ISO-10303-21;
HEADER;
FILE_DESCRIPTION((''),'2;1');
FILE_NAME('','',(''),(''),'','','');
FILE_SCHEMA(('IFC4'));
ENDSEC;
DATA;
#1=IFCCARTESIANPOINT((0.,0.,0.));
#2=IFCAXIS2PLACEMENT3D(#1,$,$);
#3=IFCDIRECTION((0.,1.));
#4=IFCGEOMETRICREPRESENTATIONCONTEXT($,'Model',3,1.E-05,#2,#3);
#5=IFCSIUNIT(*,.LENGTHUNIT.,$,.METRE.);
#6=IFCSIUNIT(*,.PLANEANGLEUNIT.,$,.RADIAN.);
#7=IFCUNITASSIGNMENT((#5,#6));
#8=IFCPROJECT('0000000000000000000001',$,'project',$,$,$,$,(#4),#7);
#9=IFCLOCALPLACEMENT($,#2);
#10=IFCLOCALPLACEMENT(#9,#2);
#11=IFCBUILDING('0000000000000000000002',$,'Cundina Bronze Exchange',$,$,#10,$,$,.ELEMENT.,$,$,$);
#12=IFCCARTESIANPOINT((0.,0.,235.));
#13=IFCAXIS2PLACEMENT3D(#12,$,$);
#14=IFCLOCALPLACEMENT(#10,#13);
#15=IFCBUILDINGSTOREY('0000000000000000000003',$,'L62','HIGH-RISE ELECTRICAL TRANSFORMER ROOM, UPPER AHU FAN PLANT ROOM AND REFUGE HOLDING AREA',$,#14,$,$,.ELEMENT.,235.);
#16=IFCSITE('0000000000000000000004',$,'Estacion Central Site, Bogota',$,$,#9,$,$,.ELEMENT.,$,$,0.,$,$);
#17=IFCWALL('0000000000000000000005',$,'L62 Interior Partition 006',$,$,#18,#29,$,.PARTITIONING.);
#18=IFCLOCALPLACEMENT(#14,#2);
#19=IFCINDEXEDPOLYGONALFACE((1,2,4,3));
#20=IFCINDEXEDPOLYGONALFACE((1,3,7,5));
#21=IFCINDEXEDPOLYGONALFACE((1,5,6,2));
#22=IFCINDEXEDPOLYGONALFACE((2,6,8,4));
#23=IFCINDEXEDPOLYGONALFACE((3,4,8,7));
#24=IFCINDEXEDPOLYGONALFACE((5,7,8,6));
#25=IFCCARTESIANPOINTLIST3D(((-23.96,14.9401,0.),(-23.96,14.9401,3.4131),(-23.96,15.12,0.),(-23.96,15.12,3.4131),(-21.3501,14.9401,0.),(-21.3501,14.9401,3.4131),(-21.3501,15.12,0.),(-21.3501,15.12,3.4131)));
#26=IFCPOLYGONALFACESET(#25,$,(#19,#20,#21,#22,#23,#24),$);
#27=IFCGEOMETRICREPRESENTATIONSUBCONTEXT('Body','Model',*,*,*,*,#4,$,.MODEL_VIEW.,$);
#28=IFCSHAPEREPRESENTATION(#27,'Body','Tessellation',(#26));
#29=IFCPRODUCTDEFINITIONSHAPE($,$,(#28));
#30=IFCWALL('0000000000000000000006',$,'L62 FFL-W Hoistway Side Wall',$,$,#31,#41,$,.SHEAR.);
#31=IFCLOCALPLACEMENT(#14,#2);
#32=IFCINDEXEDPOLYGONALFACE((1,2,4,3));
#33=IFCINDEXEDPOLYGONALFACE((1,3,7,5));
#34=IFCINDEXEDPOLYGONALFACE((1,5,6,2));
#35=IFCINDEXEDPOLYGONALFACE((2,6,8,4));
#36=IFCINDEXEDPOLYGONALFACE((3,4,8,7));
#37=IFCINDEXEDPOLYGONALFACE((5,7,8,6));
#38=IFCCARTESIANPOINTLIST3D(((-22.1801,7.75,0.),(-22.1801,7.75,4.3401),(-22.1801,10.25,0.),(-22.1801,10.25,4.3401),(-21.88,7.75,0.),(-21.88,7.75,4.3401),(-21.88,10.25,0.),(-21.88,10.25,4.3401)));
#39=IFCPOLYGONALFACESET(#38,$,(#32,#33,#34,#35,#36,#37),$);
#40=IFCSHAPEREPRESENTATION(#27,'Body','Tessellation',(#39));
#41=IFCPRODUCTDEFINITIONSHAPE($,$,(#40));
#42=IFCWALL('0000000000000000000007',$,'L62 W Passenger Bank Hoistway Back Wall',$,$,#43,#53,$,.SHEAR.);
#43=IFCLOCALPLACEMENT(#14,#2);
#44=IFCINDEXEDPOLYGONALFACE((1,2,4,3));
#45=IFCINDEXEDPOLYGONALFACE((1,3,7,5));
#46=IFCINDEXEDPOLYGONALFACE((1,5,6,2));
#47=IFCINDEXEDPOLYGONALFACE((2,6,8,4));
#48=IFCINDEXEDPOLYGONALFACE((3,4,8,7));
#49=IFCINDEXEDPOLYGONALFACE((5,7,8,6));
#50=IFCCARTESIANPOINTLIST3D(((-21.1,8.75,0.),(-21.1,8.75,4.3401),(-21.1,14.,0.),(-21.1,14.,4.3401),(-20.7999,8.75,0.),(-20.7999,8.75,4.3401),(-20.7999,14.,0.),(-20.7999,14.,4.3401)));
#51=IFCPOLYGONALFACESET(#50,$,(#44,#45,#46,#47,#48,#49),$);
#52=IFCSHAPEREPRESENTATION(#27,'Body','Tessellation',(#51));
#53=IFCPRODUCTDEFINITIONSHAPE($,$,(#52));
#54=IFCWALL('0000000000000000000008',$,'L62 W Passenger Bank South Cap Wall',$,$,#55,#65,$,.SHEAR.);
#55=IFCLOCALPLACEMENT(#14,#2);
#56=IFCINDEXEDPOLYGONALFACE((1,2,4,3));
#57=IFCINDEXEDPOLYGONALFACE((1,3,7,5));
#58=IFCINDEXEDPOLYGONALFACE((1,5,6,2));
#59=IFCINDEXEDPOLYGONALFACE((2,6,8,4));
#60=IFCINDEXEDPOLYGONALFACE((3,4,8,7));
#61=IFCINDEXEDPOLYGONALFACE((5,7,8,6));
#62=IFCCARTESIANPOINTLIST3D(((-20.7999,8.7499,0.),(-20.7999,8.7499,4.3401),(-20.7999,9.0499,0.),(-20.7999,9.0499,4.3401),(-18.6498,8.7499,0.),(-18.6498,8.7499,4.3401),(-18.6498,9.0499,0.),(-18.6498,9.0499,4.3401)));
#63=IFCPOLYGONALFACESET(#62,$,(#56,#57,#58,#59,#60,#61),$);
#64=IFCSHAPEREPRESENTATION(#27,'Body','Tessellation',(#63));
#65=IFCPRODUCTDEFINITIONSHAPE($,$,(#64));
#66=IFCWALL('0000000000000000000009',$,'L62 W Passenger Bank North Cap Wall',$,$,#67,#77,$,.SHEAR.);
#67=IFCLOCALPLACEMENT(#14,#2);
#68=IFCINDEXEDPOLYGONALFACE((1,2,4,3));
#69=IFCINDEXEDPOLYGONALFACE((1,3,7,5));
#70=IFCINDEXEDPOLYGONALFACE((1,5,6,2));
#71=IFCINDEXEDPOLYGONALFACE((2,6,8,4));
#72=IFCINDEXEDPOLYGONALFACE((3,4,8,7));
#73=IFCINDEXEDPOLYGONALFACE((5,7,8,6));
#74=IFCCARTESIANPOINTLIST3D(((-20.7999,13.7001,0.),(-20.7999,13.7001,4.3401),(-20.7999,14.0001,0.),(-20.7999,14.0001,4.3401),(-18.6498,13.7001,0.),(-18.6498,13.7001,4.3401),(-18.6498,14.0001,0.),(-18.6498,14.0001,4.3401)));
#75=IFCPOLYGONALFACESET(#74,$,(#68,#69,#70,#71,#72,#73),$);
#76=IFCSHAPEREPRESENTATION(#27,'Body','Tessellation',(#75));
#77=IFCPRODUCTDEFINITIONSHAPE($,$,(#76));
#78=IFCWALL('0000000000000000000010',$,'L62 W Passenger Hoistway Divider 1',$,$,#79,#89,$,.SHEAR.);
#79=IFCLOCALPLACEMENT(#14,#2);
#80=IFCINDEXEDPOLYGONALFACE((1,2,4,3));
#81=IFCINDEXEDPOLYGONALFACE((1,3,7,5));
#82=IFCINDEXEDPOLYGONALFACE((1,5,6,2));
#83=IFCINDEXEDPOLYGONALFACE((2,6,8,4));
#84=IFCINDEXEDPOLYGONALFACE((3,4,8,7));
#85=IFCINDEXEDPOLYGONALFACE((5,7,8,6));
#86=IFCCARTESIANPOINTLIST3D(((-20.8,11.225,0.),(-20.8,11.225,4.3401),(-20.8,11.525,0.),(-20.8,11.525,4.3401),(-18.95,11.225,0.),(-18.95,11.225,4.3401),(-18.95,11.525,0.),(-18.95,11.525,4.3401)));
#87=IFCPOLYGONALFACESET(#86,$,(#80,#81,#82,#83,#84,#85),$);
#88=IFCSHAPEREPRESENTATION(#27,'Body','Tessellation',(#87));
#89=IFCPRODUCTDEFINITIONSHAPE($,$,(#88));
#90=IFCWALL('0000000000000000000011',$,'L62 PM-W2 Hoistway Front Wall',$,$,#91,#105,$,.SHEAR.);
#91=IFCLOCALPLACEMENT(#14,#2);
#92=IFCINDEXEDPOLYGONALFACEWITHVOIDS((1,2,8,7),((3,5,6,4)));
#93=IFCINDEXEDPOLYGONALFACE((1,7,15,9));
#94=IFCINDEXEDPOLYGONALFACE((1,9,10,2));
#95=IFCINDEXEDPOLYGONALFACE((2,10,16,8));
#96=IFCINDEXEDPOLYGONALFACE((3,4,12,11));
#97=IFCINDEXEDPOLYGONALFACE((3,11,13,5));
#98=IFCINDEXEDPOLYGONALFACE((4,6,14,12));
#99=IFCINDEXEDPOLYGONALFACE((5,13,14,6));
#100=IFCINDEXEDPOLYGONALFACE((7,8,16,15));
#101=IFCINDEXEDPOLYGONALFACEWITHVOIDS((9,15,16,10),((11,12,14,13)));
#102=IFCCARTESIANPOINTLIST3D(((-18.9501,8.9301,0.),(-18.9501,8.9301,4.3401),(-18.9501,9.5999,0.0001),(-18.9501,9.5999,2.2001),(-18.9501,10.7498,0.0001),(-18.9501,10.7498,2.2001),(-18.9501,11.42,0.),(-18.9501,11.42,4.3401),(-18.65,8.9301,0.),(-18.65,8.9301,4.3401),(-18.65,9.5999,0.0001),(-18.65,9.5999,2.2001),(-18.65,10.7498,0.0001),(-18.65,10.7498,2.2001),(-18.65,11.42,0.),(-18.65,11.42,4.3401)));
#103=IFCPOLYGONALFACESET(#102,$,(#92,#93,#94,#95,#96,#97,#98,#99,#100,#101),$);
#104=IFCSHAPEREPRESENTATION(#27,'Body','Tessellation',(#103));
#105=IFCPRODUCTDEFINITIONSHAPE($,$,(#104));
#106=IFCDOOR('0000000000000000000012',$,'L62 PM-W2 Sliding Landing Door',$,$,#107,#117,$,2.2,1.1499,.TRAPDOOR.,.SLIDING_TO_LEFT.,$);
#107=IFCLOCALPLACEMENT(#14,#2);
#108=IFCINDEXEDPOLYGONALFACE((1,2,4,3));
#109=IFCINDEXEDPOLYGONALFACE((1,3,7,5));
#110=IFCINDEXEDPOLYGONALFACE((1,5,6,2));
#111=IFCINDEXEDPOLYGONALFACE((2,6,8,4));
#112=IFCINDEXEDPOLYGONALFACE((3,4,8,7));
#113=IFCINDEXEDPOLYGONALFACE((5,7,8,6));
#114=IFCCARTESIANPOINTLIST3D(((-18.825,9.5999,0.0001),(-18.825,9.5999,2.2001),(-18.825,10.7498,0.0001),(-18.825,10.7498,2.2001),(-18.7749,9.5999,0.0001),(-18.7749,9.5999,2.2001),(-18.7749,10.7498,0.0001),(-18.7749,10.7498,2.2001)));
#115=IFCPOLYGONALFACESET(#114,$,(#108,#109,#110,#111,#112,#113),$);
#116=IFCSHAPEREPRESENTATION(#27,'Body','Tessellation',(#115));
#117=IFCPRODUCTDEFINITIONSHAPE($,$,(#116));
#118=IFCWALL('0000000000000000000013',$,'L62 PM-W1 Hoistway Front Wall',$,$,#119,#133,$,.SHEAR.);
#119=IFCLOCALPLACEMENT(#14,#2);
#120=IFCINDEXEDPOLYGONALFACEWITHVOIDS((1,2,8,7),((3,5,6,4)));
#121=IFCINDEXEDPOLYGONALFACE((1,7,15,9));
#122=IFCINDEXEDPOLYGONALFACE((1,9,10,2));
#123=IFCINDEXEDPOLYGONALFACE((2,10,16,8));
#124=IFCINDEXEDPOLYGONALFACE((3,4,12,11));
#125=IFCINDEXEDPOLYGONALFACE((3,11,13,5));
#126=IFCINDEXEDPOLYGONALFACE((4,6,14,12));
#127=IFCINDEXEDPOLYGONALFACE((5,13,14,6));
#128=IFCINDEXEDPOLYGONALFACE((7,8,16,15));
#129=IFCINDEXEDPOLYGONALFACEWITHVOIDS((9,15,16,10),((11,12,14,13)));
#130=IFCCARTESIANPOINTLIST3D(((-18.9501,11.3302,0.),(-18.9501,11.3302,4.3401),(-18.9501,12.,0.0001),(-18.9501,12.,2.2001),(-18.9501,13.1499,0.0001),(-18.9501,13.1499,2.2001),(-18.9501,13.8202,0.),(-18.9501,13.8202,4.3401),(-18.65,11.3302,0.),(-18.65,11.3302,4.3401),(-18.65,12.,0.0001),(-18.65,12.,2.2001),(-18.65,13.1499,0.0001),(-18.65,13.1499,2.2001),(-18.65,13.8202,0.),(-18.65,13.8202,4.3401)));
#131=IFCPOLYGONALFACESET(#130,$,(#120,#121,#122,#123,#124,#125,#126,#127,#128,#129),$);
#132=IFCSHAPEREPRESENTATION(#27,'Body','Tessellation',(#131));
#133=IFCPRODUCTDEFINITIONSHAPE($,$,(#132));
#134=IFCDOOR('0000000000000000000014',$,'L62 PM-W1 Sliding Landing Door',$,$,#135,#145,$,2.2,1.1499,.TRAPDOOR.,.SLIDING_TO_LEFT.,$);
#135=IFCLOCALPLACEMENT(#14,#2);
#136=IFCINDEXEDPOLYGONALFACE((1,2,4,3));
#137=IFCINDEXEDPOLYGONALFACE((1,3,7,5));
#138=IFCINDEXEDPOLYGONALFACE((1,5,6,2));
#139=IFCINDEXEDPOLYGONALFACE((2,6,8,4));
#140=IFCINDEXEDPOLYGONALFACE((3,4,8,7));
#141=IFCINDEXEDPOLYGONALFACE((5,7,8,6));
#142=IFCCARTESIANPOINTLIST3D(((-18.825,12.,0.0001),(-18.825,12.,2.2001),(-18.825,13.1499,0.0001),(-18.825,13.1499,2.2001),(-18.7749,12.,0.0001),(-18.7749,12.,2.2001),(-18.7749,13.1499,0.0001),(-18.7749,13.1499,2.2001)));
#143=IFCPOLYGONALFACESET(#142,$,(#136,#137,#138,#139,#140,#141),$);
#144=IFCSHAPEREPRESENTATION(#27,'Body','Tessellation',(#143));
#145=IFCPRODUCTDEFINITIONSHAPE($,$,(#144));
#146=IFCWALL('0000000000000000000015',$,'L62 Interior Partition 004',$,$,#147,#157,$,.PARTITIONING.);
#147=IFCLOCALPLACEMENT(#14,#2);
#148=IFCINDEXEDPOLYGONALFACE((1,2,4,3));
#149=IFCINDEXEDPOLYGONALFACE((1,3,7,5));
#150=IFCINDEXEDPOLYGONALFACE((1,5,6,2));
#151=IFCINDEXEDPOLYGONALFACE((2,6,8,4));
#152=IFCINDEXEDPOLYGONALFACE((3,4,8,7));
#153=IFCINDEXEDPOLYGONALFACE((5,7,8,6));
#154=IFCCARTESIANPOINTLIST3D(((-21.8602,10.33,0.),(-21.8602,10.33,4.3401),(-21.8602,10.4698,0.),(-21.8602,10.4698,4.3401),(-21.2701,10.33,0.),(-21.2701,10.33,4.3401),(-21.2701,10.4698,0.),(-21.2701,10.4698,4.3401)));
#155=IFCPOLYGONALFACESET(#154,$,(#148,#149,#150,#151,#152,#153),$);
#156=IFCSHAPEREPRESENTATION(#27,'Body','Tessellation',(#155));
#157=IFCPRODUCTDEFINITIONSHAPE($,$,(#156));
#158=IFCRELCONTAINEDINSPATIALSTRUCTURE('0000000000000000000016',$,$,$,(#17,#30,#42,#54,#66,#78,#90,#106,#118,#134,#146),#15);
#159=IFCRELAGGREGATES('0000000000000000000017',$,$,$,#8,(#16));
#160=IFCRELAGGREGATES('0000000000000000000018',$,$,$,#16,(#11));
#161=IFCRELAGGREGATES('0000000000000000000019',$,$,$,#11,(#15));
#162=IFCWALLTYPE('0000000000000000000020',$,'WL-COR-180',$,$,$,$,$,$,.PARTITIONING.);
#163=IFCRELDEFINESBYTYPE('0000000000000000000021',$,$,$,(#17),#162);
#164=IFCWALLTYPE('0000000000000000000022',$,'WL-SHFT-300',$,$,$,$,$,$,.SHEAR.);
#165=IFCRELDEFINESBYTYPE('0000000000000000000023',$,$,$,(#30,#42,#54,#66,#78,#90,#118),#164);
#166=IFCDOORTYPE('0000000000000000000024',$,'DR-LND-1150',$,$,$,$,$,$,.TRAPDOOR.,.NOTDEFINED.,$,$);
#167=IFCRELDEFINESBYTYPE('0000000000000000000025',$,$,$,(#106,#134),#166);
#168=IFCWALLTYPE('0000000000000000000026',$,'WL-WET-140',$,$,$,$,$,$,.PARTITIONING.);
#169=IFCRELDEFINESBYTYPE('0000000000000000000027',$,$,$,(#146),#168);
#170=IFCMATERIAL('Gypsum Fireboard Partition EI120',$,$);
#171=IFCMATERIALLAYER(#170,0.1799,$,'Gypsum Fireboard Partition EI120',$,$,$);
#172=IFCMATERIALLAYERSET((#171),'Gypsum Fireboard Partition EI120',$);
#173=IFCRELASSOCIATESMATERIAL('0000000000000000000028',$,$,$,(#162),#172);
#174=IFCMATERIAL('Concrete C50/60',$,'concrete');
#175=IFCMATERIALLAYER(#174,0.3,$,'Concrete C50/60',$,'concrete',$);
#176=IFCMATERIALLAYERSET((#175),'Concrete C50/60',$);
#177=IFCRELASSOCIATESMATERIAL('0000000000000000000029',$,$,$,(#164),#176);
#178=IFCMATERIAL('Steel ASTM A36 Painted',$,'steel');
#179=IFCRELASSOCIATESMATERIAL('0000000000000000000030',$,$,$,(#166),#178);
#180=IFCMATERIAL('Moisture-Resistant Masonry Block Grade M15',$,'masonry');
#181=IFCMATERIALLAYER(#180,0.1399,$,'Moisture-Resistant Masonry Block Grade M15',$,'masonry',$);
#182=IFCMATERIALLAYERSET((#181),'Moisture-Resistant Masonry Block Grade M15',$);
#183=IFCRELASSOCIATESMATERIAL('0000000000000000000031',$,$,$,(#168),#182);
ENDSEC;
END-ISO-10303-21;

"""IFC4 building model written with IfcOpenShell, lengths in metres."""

from ifc_helpers import new_model, si_unit, direction, frame, frame_2d, origin, place, context, subcontext, project, spatial, rectangle, extrude, material, layer, layer_set, type_object, element, fill, save


model = new_model("IFC4")

# Units and contexts
model_context = context("Model", 3, precision=1e-05, world=origin(), true_north=direction((0.0, 1.0)))
body_context = subcontext(model_context, "Body", "Model", "MODEL_VIEW")
ifc_project = project(units=[si_unit("LENGTHUNIT", "METRE"), si_unit("PLANEANGLEUNIT", "RADIAN")], contexts=[model_context])

# Site, building, storey
site_placement = place(None, origin())
site = spatial("IfcSite", under=ifc_project, at=site_placement, Name="Estacion Central Site, Bogota", CompositionType="ELEMENT", RefElevation=0.0)
building_placement = place(site_placement, origin())
building = spatial("IfcBuilding", under=site, at=building_placement, Name="Cundina Bronze Exchange", CompositionType="ELEMENT")
storey_placement = place(building_placement, frame((0.0, 0.0, 235.0)))
storey = spatial("IfcBuildingStorey", under=building, at=storey_placement, Name="L62", Description="HIGH-RISE ELECTRICAL TRANSFORMER ROOM, UPPER AHU FAN PLANT ROOM AND REFUGE HOLDING AREA", CompositionType="ELEMENT", Elevation=235.0)

# Shared definitions
ifc_material_1 = material(Name="Concrete C50/60", Category="concrete")

# Shared definitions
ifc_material_2 = material(Name="Gypsum Fireboard Partition EI120")
ifc_layer_1 = layer(ifc_material_2, 0.1799, Name="Gypsum Fireboard Partition EI120")
ifc_layer_set_1 = layer_set([ifc_layer_1], Name="Gypsum Fireboard Partition EI120")
wall_type_1 = type_object("IfcWallType", Name="WL-COR-180", PredefinedType="PARTITIONING", material=ifc_layer_set_1)

# Walls
wall_1_placement = place(storey_placement, frame((-23.96, 15.03, 0.0), z_axis=(0.0, 0.0, 1.0), x_axis=(1.0, 0.0, 0.0)))
element("IfcWall", 1, at=wall_1_placement, inside=storey, type_object=wall_type_1, Name="L62 Interior Partition 006", PredefinedType="PARTITIONING", context=body_context, shape_type="SweptSolid", body=[
    extrude(rectangle(XDim=2.6099, YDim=0.1799, at=frame_2d((1.3049, 0.0))), origin(), (0.0, 0.0, 1.0), 3.4131),
])
ifc_layer_2 = layer(ifc_material_1, 0.3, Name="Concrete C50/60", Category="concrete")
ifc_layer_set_2 = layer_set([ifc_layer_2], Name="Concrete C50/60")
wall_type_2 = type_object("IfcWallType", Name="WL-SHFT-300", PredefinedType="SHEAR", material=ifc_layer_set_2)
wall_2_placement = place(storey_placement, frame((-22.03, 7.75, 0.0), z_axis=(0.0, 0.0, 1.0), x_axis=(0.0, 1.0, 0.0)))
element("IfcWall", 2, at=wall_2_placement, inside=storey, type_object=wall_type_2, Name="L62 FFL-W Hoistway Side Wall", PredefinedType="SHEAR", context=body_context, shape_type="SweptSolid", body=[
    extrude(rectangle(XDim=2.5, YDim=0.3, at=frame_2d((1.25, 0.0))), origin(), (0.0, 0.0, 1.0), 4.3401),
])
wall_3_placement = place(storey_placement, frame((-20.95, 8.75, 0.0), z_axis=(0.0, 0.0, 1.0), x_axis=(0.0, 1.0, 0.0)))
element("IfcWall", 3, at=wall_3_placement, inside=storey, type_object=wall_type_2, Name="L62 W Passenger Bank Hoistway Back Wall", PredefinedType="SHEAR", context=body_context, shape_type="SweptSolid", body=[
    extrude(rectangle(XDim=5.25, YDim=0.3, at=frame_2d((2.625, 0.0))), origin(), (0.0, 0.0, 1.0), 4.3401),
])
for number, where, z_axis, x_axis, name in (
    (4, (-20.8, 8.8999, 0.0), (0.0, 0.0, 1.0), (1.0, 0.0, 0.0), "L62 W Passenger Bank South Cap Wall"),
    (5, (-20.8, 13.8501, 0.0), (0.0, 0.0, 1.0), (1.0, 0.0, 0.0), "L62 W Passenger Bank North Cap Wall"),
):
    element("IfcWall", number, at=place(storey_placement, frame(where, z_axis=z_axis, x_axis=x_axis)), inside=storey, type_object=wall_type_2, Name=name, PredefinedType="SHEAR", context=body_context, shape_type="SweptSolid", body=[
        extrude(rectangle(XDim=2.1501, YDim=0.3, at=frame_2d((1.0752, 0.0))), origin(), (0.0, 0.0, 1.0), 4.3401),
    ])
wall_4_placement = place(storey_placement, frame((-20.8, 11.375, 0.0), z_axis=(0.0, 0.0, 1.0), x_axis=(1.0, 0.0, 0.0)))
element("IfcWall", 6, at=wall_4_placement, inside=storey, type_object=wall_type_2, Name="L62 W Passenger Hoistway Divider 1", PredefinedType="SHEAR", context=body_context, shape_type="SweptSolid", body=[
    extrude(rectangle(XDim=1.8501, YDim=0.3, at=frame_2d((0.925, 0.0))), origin(), (0.0, 0.0, 1.0), 4.3401),
])

# Walls, openings, doors
wall_5_placement = place(storey_placement, frame((-18.8, 8.9299, 0.0), z_axis=(0.0, 0.0, 1.0), x_axis=(0.0, 1.0, 0.0)))
wall_5 = element("IfcWall", 7, at=wall_5_placement, inside=storey, type_object=wall_type_2, Name="L62 PM-W2 Hoistway Front Wall", PredefinedType="SHEAR", context=body_context, shape_type="SweptSolid", body=[
    extrude(rectangle(XDim=2.49, YDim=0.3, at=frame_2d((1.2451, 0.0))), origin(), (0.0, 0.0, 1.0), 4.3401),
])
opening_1_placement = place(wall_5_placement, frame((0.6699, 0.0, 0.0)))
opening_1 = element("IfcOpeningElement", 8, at=opening_1_placement, cuts=wall_5, PredefinedType="OPENING", context=body_context, shape_type="SweptSolid", body=[
    extrude(rectangle(XDim=1.1499, YDim=2.2, at=frame_2d((0.575, 1.1001))), frame((0.0, 0.1599, 0.0), z_axis=(0.0, -1.0, 0.0), x_axis=(1.0, 0.0, 0.0)), (0.0, 0.0, 1.0), 0.3201),
])
ifc_material_3 = material(Name="Steel ASTM A36 Painted", Category="steel")
door_type_1 = type_object("IfcDoorType", Name="DR-LND-1150", OperationType="NOTDEFINED", PredefinedType="TRAPDOOR", material=ifc_material_3)
door_1_placement = place(opening_1_placement, origin())
door_1 = element("IfcDoor", 9, at=door_1_placement, inside=storey, type_object=door_type_1, Name="L62 PM-W2 Sliding Landing Door", OperationType="SLIDING_TO_LEFT", OverallHeight=2.2, OverallWidth=1.1499, PredefinedType="TRAPDOOR", context=body_context, shape_type="SweptSolid", body=[
    extrude(rectangle(XDim=1.1499, YDim=2.2, at=frame_2d((0.575, 1.1001))), frame((0.0, 0.0249, 0.0), z_axis=(0.0, -1.0, 0.0), x_axis=(1.0, 0.0, 0.0)), (0.0, 0.0, 1.0), 0.05),
])
fill(opening_1, door_1)
wall_6_placement = place(storey_placement, frame((-18.8, 11.3301, 0.0), z_axis=(0.0, 0.0, 1.0), x_axis=(0.0, 1.0, 0.0)))
wall_6 = element("IfcWall", 10, at=wall_6_placement, inside=storey, type_object=wall_type_2, Name="L62 PM-W1 Hoistway Front Wall", PredefinedType="SHEAR", context=body_context, shape_type="SweptSolid", body=[
    extrude(rectangle(XDim=2.49, YDim=0.3, at=frame_2d((1.2451, 0.0))), origin(), (0.0, 0.0, 1.0), 4.3401),
])
opening_2_placement = place(wall_6_placement, frame((0.6699, 0.0, 0.0)))
opening_2 = element("IfcOpeningElement", 11, at=opening_2_placement, cuts=wall_6, PredefinedType="OPENING", context=body_context, shape_type="SweptSolid", body=[
    extrude(rectangle(XDim=1.1499, YDim=2.2, at=frame_2d((0.575, 1.1001))), frame((0.0, 0.1599, 0.0), z_axis=(0.0, -1.0, 0.0), x_axis=(1.0, 0.0, 0.0)), (0.0, 0.0, 1.0), 0.3201),
])
door_2_placement = place(opening_2_placement, origin())
door_2 = element("IfcDoor", 12, at=door_2_placement, inside=storey, type_object=door_type_1, Name="L62 PM-W1 Sliding Landing Door", OperationType="SLIDING_TO_LEFT", OverallHeight=2.2, OverallWidth=1.1499, PredefinedType="TRAPDOOR", context=body_context, shape_type="SweptSolid", body=[
    extrude(rectangle(XDim=1.1499, YDim=2.2, at=frame_2d((0.575, 1.1001))), frame((0.0, 0.0249, 0.0), z_axis=(0.0, -1.0, 0.0), x_axis=(1.0, 0.0, 0.0)), (0.0, 0.0, 1.0), 0.05),
])
fill(opening_2, door_2)

# Wall
ifc_material_4 = material(Name="Moisture-Resistant Masonry Block Grade M15", Category="masonry")
ifc_layer_3 = layer(ifc_material_4, 0.1399, Name="Moisture-Resistant Masonry Block Grade M15", Category="masonry")
ifc_layer_set_3 = layer_set([ifc_layer_3], Name="Moisture-Resistant Masonry Block Grade M15")
wall_type_3 = type_object("IfcWallType", Name="WL-WET-140", PredefinedType="PARTITIONING", material=ifc_layer_set_3)
wall_7_placement = place(storey_placement, frame((-21.8601, 10.3999, 0.0), z_axis=(0.0, 0.0, 1.0), x_axis=(1.0, 0.0, 0.0)))
element("IfcWall", 13, at=wall_7_placement, inside=storey, type_object=wall_type_3, Name="L62 Interior Partition 004", PredefinedType="PARTITIONING", context=body_context, shape_type="SweptSolid", body=[
    extrude(rectangle(XDim=0.5901, YDim=0.1399, at=frame_2d((0.2949, 0.0))), origin(), (0.0, 0.0, 1.0), 4.3401),
])

save(model, "model.ifc")
